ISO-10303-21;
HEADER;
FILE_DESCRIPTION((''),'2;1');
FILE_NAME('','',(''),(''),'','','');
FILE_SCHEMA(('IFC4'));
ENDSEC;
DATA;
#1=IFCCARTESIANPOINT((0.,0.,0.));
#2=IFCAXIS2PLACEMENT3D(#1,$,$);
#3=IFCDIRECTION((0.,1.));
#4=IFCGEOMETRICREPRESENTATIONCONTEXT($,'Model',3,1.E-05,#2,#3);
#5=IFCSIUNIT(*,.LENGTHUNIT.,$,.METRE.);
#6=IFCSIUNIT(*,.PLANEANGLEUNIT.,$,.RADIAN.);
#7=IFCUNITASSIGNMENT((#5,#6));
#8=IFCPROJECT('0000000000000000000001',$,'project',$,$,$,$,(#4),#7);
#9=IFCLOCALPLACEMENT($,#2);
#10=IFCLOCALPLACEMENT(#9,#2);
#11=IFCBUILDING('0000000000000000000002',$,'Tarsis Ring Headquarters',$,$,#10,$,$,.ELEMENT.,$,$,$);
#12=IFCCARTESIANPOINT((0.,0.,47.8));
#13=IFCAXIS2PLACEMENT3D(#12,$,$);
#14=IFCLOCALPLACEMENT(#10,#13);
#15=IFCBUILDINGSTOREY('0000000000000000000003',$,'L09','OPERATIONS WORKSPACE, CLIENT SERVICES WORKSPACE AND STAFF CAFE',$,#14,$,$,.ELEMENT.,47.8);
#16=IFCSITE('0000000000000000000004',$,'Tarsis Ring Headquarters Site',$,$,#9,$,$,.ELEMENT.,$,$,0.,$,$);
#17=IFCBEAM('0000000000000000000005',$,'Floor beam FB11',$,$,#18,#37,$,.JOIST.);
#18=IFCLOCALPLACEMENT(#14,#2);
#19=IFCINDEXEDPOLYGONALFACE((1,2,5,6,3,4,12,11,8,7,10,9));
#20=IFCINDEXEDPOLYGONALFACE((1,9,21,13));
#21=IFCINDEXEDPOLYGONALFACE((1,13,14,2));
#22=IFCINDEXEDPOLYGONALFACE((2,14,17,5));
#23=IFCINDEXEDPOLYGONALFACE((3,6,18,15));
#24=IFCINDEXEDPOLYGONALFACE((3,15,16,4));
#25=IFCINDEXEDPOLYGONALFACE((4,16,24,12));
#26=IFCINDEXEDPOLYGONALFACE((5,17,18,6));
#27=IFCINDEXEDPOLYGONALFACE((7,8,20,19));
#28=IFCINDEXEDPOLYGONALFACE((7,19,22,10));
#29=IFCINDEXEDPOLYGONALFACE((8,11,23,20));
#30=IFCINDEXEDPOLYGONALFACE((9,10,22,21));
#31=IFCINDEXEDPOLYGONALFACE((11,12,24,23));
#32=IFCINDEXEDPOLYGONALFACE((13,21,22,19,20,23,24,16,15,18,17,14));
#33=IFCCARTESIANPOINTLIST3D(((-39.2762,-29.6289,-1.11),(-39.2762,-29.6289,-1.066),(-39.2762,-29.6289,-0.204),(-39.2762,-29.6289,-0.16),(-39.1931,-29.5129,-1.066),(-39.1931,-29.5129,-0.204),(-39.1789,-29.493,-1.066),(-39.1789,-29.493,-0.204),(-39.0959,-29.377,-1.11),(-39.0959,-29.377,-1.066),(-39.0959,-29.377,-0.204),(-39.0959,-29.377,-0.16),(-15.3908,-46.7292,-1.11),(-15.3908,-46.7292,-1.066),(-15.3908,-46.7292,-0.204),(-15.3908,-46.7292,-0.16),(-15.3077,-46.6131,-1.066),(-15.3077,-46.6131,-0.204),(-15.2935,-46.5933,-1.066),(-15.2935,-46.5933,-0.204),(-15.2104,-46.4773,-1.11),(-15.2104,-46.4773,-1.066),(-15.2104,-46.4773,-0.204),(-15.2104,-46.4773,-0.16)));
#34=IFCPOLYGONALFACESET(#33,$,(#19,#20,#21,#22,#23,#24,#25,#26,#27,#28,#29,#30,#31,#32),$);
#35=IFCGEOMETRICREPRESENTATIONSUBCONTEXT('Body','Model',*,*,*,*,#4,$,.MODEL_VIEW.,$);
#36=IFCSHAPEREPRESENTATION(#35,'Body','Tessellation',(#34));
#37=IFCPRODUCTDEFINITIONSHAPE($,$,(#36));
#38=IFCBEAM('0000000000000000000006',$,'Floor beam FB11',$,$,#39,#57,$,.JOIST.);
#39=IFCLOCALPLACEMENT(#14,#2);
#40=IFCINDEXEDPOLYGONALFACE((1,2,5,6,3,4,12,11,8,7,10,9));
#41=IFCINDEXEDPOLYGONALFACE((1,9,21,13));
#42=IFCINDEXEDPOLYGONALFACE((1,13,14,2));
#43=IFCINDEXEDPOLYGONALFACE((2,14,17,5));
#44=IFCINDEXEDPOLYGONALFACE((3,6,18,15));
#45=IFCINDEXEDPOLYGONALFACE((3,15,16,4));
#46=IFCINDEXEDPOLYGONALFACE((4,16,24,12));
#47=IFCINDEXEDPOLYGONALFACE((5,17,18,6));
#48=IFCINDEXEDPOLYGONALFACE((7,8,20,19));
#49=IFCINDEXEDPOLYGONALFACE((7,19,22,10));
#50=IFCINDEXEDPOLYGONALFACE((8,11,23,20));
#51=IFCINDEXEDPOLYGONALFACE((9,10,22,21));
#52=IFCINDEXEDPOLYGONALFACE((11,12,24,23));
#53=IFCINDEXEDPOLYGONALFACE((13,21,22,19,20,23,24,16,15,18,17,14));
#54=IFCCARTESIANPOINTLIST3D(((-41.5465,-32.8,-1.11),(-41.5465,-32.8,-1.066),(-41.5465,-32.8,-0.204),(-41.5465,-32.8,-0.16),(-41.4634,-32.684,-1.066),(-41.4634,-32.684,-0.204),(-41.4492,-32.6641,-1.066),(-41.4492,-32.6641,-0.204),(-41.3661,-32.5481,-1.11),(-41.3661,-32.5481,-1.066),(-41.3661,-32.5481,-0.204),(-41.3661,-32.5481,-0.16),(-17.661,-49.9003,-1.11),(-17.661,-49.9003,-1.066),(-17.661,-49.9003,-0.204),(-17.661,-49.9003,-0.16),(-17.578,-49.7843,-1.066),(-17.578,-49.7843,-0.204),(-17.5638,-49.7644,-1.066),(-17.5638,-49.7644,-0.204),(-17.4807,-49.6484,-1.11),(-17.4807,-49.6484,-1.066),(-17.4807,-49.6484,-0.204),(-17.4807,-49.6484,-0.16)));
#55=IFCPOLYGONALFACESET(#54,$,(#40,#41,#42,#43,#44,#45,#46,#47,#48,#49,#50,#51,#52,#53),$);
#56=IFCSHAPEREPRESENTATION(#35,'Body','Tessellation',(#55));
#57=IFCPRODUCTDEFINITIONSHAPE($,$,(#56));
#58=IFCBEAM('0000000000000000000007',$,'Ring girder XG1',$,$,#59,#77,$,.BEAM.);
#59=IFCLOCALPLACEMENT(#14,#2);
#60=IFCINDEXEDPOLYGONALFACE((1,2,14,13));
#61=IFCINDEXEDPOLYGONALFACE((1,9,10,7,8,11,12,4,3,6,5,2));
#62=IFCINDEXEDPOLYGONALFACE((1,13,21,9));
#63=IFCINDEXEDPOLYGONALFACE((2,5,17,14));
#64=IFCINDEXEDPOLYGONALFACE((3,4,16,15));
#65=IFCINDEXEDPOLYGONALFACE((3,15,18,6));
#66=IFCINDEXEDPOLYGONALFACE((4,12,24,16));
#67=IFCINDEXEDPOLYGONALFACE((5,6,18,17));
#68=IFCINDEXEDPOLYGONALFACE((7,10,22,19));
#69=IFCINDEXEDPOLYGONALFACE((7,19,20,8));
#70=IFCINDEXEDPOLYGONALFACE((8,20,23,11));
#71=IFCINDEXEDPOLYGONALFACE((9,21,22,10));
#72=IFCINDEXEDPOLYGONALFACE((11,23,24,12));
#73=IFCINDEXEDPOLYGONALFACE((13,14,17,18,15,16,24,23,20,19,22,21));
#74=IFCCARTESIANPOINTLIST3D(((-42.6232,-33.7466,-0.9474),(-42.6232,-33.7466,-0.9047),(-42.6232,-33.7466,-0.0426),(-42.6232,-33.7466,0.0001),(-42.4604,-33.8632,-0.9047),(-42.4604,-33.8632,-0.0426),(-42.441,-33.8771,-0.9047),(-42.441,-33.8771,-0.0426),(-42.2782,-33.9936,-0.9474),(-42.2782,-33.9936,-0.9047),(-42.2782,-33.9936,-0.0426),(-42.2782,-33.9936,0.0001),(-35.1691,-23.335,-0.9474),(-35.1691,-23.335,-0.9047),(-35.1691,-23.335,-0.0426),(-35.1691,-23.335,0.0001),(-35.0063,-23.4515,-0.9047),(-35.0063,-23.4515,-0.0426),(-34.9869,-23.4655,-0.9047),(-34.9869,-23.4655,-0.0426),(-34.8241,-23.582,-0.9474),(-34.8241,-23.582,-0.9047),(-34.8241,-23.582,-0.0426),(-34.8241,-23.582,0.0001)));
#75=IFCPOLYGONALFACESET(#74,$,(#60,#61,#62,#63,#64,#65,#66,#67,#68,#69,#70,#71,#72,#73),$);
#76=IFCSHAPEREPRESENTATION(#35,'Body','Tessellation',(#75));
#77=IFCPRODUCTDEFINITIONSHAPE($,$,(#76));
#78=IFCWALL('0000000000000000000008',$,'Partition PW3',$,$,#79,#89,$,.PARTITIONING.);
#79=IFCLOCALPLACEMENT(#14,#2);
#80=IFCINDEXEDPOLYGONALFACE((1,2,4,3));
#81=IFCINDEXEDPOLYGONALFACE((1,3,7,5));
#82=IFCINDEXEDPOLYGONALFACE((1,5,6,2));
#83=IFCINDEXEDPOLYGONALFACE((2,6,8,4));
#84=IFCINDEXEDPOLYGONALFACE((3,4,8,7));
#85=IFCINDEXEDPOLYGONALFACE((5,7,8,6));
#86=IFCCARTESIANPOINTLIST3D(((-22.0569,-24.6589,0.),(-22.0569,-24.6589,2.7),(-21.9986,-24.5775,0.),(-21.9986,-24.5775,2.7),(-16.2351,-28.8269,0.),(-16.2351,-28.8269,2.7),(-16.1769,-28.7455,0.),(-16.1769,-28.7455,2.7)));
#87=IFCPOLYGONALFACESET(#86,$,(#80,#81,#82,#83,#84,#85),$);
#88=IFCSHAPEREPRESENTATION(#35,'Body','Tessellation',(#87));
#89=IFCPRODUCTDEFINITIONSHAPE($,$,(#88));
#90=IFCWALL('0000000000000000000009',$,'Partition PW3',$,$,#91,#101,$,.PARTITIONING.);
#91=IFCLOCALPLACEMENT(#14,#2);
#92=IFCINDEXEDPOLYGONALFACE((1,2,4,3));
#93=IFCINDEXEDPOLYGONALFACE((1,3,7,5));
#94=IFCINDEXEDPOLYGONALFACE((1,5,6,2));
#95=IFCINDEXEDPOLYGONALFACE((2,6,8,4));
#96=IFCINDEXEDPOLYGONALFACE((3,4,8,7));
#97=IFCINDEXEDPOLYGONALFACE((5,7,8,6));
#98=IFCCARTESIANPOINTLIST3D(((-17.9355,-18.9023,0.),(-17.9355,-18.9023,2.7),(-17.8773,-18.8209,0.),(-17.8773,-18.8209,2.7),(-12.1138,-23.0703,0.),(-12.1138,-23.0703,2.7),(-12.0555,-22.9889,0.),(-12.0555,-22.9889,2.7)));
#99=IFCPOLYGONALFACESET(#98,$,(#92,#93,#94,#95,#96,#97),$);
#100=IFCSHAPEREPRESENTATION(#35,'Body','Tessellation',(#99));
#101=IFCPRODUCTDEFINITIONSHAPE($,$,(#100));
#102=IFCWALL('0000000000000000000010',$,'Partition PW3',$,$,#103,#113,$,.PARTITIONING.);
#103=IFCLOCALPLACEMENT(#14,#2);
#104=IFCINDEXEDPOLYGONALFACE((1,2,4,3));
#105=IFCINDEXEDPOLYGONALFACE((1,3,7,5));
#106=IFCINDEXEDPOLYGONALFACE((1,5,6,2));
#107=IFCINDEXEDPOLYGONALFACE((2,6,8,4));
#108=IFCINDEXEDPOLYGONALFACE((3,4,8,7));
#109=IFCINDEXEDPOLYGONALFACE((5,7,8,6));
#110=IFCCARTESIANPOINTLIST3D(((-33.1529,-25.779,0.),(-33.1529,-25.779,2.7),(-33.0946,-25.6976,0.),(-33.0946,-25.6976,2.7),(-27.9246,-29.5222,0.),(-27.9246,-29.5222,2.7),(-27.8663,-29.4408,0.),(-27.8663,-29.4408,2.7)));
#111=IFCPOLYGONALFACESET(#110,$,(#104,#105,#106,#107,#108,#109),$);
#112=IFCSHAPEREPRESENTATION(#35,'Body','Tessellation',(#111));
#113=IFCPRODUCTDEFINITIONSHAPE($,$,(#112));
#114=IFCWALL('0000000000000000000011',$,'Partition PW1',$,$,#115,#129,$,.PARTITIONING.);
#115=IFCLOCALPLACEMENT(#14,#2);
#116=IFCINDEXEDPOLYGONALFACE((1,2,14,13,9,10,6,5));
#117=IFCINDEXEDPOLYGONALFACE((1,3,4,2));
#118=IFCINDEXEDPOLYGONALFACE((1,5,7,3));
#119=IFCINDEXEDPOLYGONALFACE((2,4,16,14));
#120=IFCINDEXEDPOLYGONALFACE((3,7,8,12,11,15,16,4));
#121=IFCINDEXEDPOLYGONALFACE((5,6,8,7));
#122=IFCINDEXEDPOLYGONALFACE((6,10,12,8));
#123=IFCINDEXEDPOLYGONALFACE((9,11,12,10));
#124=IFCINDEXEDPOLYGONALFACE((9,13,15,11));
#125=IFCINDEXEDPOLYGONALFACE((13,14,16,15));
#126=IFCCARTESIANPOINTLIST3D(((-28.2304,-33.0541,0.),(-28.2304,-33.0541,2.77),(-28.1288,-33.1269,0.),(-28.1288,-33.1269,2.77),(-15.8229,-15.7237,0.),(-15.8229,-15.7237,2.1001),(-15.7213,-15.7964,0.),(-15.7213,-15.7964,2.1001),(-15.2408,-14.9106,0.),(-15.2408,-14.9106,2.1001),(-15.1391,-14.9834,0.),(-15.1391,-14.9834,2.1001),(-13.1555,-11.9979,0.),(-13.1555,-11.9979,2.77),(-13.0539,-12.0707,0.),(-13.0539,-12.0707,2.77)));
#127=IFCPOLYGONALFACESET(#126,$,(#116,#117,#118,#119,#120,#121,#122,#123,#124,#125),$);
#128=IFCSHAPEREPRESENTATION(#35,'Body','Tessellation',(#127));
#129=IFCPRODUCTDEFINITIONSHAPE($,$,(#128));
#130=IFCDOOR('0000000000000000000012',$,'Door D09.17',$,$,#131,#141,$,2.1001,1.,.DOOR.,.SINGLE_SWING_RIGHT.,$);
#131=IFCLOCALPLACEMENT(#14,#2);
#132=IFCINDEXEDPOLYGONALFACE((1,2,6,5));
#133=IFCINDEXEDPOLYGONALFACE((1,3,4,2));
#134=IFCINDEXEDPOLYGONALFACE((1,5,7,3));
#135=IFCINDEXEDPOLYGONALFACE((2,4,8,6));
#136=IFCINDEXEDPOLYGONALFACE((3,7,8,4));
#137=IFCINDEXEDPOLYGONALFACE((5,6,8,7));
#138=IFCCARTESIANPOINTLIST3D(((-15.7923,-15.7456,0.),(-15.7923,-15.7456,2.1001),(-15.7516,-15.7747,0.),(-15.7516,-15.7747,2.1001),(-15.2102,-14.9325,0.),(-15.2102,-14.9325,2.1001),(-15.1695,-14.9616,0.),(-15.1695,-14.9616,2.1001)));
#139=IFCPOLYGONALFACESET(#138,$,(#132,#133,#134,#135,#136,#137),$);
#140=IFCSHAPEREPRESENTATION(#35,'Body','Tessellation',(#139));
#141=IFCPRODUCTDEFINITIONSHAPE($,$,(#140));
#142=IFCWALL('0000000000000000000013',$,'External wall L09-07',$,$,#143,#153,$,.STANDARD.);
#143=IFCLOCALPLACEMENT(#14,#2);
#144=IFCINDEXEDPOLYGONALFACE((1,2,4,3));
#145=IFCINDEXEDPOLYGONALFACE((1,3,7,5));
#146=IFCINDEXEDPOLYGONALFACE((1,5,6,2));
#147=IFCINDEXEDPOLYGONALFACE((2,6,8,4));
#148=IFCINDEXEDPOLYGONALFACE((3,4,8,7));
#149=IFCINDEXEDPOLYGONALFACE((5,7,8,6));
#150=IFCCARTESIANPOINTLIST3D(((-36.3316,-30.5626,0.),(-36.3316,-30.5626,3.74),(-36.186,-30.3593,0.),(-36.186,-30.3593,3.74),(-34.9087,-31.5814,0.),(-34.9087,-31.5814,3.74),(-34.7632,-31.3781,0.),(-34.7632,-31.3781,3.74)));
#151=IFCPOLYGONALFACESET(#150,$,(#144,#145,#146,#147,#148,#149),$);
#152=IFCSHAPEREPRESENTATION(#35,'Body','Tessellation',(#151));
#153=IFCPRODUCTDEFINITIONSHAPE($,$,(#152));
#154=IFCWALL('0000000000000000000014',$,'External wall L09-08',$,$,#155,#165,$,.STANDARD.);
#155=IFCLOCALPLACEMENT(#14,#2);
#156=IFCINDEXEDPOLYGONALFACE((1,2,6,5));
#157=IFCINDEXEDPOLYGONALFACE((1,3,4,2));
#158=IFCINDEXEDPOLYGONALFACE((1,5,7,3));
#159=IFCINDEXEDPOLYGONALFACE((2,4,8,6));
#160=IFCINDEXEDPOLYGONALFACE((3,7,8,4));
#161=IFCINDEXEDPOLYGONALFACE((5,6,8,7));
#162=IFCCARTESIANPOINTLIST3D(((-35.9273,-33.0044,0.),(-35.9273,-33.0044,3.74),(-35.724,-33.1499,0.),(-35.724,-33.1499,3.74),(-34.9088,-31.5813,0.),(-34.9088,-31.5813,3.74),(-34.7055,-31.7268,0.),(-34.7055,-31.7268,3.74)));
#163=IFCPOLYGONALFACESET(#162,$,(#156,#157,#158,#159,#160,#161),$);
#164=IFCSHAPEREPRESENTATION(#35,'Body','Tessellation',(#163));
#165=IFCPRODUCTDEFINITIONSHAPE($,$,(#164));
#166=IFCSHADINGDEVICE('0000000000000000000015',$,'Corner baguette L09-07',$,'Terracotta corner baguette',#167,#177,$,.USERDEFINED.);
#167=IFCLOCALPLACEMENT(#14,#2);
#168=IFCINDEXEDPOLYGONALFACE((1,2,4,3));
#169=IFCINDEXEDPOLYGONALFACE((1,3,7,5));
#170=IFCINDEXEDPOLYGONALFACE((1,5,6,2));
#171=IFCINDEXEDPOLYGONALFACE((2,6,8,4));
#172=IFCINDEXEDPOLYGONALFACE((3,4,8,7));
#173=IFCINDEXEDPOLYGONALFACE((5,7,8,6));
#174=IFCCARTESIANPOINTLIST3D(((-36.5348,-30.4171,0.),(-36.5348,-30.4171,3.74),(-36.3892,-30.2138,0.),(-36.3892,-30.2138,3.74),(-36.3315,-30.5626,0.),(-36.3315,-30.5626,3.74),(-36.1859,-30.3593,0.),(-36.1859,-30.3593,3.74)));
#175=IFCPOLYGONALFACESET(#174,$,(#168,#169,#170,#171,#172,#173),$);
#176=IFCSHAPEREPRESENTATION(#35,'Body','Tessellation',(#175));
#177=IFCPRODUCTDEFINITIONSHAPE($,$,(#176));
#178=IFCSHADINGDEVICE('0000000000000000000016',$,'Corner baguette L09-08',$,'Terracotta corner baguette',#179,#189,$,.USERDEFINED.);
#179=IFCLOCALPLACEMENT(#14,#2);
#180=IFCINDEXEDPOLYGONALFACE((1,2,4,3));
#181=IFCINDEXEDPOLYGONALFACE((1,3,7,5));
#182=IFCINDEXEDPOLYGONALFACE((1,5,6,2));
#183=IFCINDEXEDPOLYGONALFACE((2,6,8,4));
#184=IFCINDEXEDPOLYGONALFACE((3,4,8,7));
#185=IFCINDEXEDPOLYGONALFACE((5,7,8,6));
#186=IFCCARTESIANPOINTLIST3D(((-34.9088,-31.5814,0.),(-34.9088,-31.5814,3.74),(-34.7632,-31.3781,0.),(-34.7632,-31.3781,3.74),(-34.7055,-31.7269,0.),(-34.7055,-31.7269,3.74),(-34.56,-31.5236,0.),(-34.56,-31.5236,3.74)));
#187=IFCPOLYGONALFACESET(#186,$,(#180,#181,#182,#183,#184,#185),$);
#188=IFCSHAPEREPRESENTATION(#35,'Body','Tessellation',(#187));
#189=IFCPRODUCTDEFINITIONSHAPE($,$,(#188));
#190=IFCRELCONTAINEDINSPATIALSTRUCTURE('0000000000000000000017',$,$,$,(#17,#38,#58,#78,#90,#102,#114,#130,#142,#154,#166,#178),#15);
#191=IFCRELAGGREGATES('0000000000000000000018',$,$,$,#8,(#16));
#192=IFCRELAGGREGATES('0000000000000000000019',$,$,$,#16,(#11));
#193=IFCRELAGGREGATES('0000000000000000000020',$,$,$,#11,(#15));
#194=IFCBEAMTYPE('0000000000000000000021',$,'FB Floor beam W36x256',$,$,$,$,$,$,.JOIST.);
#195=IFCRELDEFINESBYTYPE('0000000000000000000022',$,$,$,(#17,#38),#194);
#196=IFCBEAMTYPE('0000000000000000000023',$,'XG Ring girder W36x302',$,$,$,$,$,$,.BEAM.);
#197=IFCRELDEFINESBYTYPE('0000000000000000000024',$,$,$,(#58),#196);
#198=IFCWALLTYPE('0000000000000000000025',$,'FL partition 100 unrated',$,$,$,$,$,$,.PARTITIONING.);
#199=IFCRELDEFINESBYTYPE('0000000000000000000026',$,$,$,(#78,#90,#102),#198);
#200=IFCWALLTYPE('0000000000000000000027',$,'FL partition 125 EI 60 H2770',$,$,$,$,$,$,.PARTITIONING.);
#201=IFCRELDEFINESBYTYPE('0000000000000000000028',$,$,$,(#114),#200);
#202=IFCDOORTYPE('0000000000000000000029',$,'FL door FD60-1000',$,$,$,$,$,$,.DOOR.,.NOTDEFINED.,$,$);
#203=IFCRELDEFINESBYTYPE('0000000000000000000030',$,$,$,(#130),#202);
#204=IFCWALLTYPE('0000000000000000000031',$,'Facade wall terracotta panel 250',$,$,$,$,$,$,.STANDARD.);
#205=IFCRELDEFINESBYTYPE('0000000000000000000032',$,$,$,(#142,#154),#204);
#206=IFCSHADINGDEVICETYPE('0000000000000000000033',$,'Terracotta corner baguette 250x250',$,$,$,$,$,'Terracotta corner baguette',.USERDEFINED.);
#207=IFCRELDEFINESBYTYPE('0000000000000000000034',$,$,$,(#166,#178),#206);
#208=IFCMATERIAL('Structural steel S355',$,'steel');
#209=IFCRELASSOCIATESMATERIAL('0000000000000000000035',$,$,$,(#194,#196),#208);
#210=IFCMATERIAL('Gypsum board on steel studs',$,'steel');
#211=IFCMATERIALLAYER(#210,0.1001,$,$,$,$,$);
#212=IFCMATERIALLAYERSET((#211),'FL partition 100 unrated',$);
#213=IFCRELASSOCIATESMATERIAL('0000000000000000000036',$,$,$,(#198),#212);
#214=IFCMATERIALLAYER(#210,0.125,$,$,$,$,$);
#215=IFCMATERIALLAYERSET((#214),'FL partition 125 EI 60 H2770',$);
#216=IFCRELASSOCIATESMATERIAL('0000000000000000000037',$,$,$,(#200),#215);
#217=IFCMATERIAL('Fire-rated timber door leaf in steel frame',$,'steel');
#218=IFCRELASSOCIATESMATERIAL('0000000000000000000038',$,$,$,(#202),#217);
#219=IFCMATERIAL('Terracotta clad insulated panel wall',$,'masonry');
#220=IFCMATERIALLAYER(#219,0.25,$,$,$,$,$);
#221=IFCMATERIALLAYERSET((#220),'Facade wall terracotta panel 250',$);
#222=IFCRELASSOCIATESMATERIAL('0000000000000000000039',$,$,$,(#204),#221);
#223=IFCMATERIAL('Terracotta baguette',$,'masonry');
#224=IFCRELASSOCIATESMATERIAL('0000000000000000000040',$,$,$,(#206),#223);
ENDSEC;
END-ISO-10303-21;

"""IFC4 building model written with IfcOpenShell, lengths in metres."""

from ifc_helpers import new_model, si_unit, direction, frame, frame_2d, origin, origin_2d, place, context, subcontext, project, spatial, rectangle, i_section, extrude, material, layer, layer_set, material_profile, profile_set, type_object, element, fill, save


model = new_model("IFC4")

# Units and contexts
model_context = context("Model", 3, precision=1e-05, world=origin(), true_north=direction((0.0, 1.0)))
body_context = subcontext(model_context, "Body", "Model", "MODEL_VIEW")
ifc_project = project(units=[si_unit("LENGTHUNIT", "METRE"), si_unit("PLANEANGLEUNIT", "RADIAN")], contexts=[model_context])

# Site, building, storey
site_placement = place(None, origin())
site = spatial("IfcSite", under=ifc_project, at=site_placement, Name="Tarsis Ring Headquarters Site", CompositionType="ELEMENT", RefElevation=0.0)
building_placement = place(site_placement, origin())
building = spatial("IfcBuilding", under=site, at=building_placement, Name="Tarsis Ring Headquarters", CompositionType="ELEMENT")
storey_placement = place(building_placement, frame((0.0, 0.0, 47.8)))
storey = spatial("IfcBuildingStorey", under=building, at=storey_placement, Name="L09", Description="OPERATIONS WORKSPACE, CLIENT SERVICES WORKSPACE AND STAFF CAFE", CompositionType="ELEMENT", Elevation=47.8)

# Beams
ifc_material_1 = material(Name="Structural steel S355", Category="steel")
ifc_material_profile_1 = material_profile(ifc_material_1, i_section(OverallWidth=0.3098, OverallDepth=0.95, WebThickness=0.0244, FlangeThickness=0.0439, at=origin_2d()), Name="W36x256")
ifc_profile_set_1 = profile_set([ifc_material_profile_1], Name="Structural steel S355")
beam_type_1 = type_object("IfcBeamType", Name="FB Floor beam W36x256", PredefinedType="JOIST", material=ifc_profile_set_1)
for number, where, z_axis, x_axis, name in (
    (1, (-39.186, -29.5029, -0.635), (0.813101, -0.582123, 0.0), (0.582123, 0.813101, 0.0), "Floor beam FB11"),
    (2, (-41.4563, -32.6741, -0.635), (0.813101, -0.582123, 0.0), (0.582123, 0.813101, 0.0), "Floor beam FB11"),
):
    element("IfcBeam", number, at=place(storey_placement, frame(where, z_axis=z_axis, x_axis=x_axis)), inside=storey, type_object=beam_type_1, Name=name, PredefinedType="JOIST", context=body_context, shape_type="SweptSolid", body=[
        extrude(i_section(OverallWidth=0.3098, OverallDepth=0.95, WebThickness=0.0244, FlangeThickness=0.0439, at=origin_2d()), origin(), (0.0, 0.0, 1.0), 29.3757),
    ])
ifc_material_profile_2 = material_profile(ifc_material_1, i_section(OverallWidth=0.4243, OverallDepth=0.9475, WebThickness=0.0239, FlangeThickness=0.0427, at=origin_2d()), Name="W36x302")
ifc_profile_set_2 = profile_set([ifc_material_profile_2], Name="Structural steel S355")
beam_type_2 = type_object("IfcBeamType", Name="XG Ring girder W36x302", PredefinedType="BEAM", material=ifc_profile_set_2)
beam_placement = place(storey_placement, frame((-34.9966, -23.4585, -0.4736), z_axis=(-0.582129, -0.813097, 0.0), x_axis=(0.813097, -0.582129, 0.0)))
element("IfcBeam", 3, at=beam_placement, inside=storey, type_object=beam_type_2, Name="Ring girder XG1", PredefinedType="BEAM", context=body_context, shape_type="SweptSolid", body=[
    extrude(i_section(OverallWidth=0.4243, OverallDepth=0.9475, WebThickness=0.0239, FlangeThickness=0.0427, at=origin_2d()), origin(), (0.0, 0.0, 1.0), 12.8049),
])

# Walls
ifc_material_2 = material(Name="Gypsum board on steel studs", Category="steel")
ifc_layer_1 = layer(ifc_material_2, 0.1001)
ifc_layer_set_1 = layer_set([ifc_layer_1], Name="FL partition 100 unrated")
wall_type_1 = type_object("IfcWallType", Name="FL partition 100 unrated", PredefinedType="PARTITIONING", material=ifc_layer_set_1)
for number, where, z_axis, x_axis, name in (
    (4, (-22.0278, -24.6182, 0.0), (0.0, 0.0, 1.0), (0.813102, -0.582122, 0.0), "Partition PW3"),
    (5, (-17.9065, -18.8616, 0.0), (0.0, 0.0, 1.0), (0.813102, -0.582122, 0.0), "Partition PW3"),
):
    element("IfcWall", number, at=place(storey_placement, frame(where, z_axis=z_axis, x_axis=x_axis)), inside=storey, type_object=wall_type_1, Name=name, PredefinedType="PARTITIONING", context=body_context, shape_type="SweptSolid", body=[
        extrude(rectangle(XDim=7.1599, YDim=0.1001, at=frame_2d((3.5801, 0.0))), origin(), (0.0, 0.0, 1.0), 2.7),
    ])
wall_1_placement = place(storey_placement, frame((-33.1238, -25.7383, 0.0), z_axis=(0.0, 0.0, 1.0), x_axis=(0.813094, -0.582132, 0.0)))
element("IfcWall", 6, at=wall_1_placement, inside=storey, type_object=wall_type_1, Name="Partition PW3", PredefinedType="PARTITIONING", context=body_context, shape_type="SweptSolid", body=[
    extrude(rectangle(XDim=6.4302, YDim=0.1001, at=frame_2d((3.2151, 0.0))), origin(), (0.0, 0.0, 1.0), 2.7),
])

# Wall, opening, door
ifc_layer_2 = layer(ifc_material_2, 0.125)
ifc_layer_set_2 = layer_set([ifc_layer_2], Name="FL partition 125 EI 60 H2770")
wall_type_2 = type_object("IfcWallType", Name="FL partition 125 EI 60 H2770", PredefinedType="PARTITIONING", material=ifc_layer_set_2)
wall_2_placement = place(storey_placement, frame((-28.1797, -33.0906, 0.0), z_axis=(0.0, 0.0, 1.0), x_axis=(0.582129, 0.813097, 0.0)))
wall_2 = element("IfcWall", 7, at=wall_2_placement, inside=storey, type_object=wall_type_2, Name="Partition PW1", PredefinedType="PARTITIONING", context=body_context, shape_type="SweptSolid", body=[
    extrude(rectangle(XDim=25.8962, YDim=0.125, at=frame_2d((12.9482, 0.0))), origin(), (0.0, 0.0, 1.0), 2.77),
])
opening_placement = place(wall_2_placement, frame((21.3142, 0.0, 0.0)))
opening = element("IfcOpeningElement", 8, at=opening_placement, cuts=wall_2, PredefinedType="OPENING", context=body_context, shape_type="SweptSolid", body=[
    extrude(rectangle(XDim=1.0, YDim=2.1001, at=frame_2d((0.5, 1.05))), frame((0.0, 0.0725, 0.0), z_axis=(0.0, -1.0, 0.0), x_axis=(1.0, 0.0, 0.0)), (0.0, 0.0, 1.0), 0.145),
])
ifc_material_3 = material(Name="Fire-rated timber door leaf in steel frame", Category="steel")
door_type = type_object("IfcDoorType", Name="FL door FD60-1000", OperationType="NOTDEFINED", PredefinedType="DOOR", material=ifc_material_3)
door_placement = place(opening_placement, origin())
door = element("IfcDoor", 9, at=door_placement, inside=storey, type_object=door_type, Name="Door D09.17", OperationType="SINGLE_SWING_RIGHT", OverallHeight=2.1001, OverallWidth=1.0, PredefinedType="DOOR", context=body_context, shape_type="SweptSolid", body=[
    extrude(rectangle(XDim=1.0, YDim=2.1001, at=frame_2d((0.5, 1.05))), frame((0.0, 0.0249, 0.0), z_axis=(0.0, -1.0, 0.0), x_axis=(1.0, 0.0, 0.0)), (0.0, 0.0, 1.0), 0.05),
])
fill(opening, door)

# Walls
ifc_material_4 = material(Name="Terracotta clad insulated panel wall", Category="masonry")
ifc_layer_3 = layer(ifc_material_4, 0.25)
ifc_layer_set_3 = layer_set([ifc_layer_3], Name="Facade wall terracotta panel 250")
wall_type_3 = type_object("IfcWallType", Name="Facade wall terracotta panel 250", PredefinedType="STANDARD", material=ifc_layer_set_3)
for number, where, z_axis, x_axis, name in (
    (10, (-36.2588, -30.4609, 0.0), (0.0, 0.0, 1.0), (0.813064, -0.582175, 0.0), "External wall L09-07"),
    (11, (-34.8071, -31.6541, 0.0), (0.0, 0.0, 1.0), (-0.582017, -0.813177, 0.0), "External wall L09-08"),
):
    element("IfcWall", number, at=place(storey_placement, frame(where, z_axis=z_axis, x_axis=x_axis)), inside=storey, type_object=wall_type_3, Name=name, PredefinedType="STANDARD", context=body_context, shape_type="SweptSolid", body=[
        extrude(rectangle(XDim=1.75, YDim=0.25, at=frame_2d((0.875, 0.0))), origin(), (0.0, 0.0, 1.0), 3.74),
    ])

# Shading devices
ifc_material_5 = material(Name="Terracotta baguette", Category="masonry")
shading_device_type_1 = type_object("IfcShadingDeviceType", Name="Terracotta corner baguette 250x250", ElementType="Terracotta corner baguette", PredefinedType="USERDEFINED", material=ifc_material_5)
for number, where, z_axis, x_axis, name in (
    (12, (-36.3604, -30.3882, 0.0), (0.0, 0.0, 1.0), (-0.582123, -0.813101, 0.0), "Corner baguette L09-07"),
    (13, (-34.7344, -31.5525, 0.0), (0.0, 0.0, 1.0), (0.813101, -0.582123, 0.0), "Corner baguette L09-08"),
):
    element("IfcShadingDevice", number, at=place(storey_placement, frame(where, z_axis=z_axis, x_axis=x_axis)), inside=storey, type_object=shading_device_type_1, Name=name, ObjectType="Terracotta corner baguette", PredefinedType="USERDEFINED", context=body_context, shape_type="SweptSolid", body=[
        extrude(rectangle(XDim=0.25, YDim=0.25, at=origin_2d()), origin(), (0.0, 0.0, 1.0), 3.74),
    ])

save(model, "model.ifc")
